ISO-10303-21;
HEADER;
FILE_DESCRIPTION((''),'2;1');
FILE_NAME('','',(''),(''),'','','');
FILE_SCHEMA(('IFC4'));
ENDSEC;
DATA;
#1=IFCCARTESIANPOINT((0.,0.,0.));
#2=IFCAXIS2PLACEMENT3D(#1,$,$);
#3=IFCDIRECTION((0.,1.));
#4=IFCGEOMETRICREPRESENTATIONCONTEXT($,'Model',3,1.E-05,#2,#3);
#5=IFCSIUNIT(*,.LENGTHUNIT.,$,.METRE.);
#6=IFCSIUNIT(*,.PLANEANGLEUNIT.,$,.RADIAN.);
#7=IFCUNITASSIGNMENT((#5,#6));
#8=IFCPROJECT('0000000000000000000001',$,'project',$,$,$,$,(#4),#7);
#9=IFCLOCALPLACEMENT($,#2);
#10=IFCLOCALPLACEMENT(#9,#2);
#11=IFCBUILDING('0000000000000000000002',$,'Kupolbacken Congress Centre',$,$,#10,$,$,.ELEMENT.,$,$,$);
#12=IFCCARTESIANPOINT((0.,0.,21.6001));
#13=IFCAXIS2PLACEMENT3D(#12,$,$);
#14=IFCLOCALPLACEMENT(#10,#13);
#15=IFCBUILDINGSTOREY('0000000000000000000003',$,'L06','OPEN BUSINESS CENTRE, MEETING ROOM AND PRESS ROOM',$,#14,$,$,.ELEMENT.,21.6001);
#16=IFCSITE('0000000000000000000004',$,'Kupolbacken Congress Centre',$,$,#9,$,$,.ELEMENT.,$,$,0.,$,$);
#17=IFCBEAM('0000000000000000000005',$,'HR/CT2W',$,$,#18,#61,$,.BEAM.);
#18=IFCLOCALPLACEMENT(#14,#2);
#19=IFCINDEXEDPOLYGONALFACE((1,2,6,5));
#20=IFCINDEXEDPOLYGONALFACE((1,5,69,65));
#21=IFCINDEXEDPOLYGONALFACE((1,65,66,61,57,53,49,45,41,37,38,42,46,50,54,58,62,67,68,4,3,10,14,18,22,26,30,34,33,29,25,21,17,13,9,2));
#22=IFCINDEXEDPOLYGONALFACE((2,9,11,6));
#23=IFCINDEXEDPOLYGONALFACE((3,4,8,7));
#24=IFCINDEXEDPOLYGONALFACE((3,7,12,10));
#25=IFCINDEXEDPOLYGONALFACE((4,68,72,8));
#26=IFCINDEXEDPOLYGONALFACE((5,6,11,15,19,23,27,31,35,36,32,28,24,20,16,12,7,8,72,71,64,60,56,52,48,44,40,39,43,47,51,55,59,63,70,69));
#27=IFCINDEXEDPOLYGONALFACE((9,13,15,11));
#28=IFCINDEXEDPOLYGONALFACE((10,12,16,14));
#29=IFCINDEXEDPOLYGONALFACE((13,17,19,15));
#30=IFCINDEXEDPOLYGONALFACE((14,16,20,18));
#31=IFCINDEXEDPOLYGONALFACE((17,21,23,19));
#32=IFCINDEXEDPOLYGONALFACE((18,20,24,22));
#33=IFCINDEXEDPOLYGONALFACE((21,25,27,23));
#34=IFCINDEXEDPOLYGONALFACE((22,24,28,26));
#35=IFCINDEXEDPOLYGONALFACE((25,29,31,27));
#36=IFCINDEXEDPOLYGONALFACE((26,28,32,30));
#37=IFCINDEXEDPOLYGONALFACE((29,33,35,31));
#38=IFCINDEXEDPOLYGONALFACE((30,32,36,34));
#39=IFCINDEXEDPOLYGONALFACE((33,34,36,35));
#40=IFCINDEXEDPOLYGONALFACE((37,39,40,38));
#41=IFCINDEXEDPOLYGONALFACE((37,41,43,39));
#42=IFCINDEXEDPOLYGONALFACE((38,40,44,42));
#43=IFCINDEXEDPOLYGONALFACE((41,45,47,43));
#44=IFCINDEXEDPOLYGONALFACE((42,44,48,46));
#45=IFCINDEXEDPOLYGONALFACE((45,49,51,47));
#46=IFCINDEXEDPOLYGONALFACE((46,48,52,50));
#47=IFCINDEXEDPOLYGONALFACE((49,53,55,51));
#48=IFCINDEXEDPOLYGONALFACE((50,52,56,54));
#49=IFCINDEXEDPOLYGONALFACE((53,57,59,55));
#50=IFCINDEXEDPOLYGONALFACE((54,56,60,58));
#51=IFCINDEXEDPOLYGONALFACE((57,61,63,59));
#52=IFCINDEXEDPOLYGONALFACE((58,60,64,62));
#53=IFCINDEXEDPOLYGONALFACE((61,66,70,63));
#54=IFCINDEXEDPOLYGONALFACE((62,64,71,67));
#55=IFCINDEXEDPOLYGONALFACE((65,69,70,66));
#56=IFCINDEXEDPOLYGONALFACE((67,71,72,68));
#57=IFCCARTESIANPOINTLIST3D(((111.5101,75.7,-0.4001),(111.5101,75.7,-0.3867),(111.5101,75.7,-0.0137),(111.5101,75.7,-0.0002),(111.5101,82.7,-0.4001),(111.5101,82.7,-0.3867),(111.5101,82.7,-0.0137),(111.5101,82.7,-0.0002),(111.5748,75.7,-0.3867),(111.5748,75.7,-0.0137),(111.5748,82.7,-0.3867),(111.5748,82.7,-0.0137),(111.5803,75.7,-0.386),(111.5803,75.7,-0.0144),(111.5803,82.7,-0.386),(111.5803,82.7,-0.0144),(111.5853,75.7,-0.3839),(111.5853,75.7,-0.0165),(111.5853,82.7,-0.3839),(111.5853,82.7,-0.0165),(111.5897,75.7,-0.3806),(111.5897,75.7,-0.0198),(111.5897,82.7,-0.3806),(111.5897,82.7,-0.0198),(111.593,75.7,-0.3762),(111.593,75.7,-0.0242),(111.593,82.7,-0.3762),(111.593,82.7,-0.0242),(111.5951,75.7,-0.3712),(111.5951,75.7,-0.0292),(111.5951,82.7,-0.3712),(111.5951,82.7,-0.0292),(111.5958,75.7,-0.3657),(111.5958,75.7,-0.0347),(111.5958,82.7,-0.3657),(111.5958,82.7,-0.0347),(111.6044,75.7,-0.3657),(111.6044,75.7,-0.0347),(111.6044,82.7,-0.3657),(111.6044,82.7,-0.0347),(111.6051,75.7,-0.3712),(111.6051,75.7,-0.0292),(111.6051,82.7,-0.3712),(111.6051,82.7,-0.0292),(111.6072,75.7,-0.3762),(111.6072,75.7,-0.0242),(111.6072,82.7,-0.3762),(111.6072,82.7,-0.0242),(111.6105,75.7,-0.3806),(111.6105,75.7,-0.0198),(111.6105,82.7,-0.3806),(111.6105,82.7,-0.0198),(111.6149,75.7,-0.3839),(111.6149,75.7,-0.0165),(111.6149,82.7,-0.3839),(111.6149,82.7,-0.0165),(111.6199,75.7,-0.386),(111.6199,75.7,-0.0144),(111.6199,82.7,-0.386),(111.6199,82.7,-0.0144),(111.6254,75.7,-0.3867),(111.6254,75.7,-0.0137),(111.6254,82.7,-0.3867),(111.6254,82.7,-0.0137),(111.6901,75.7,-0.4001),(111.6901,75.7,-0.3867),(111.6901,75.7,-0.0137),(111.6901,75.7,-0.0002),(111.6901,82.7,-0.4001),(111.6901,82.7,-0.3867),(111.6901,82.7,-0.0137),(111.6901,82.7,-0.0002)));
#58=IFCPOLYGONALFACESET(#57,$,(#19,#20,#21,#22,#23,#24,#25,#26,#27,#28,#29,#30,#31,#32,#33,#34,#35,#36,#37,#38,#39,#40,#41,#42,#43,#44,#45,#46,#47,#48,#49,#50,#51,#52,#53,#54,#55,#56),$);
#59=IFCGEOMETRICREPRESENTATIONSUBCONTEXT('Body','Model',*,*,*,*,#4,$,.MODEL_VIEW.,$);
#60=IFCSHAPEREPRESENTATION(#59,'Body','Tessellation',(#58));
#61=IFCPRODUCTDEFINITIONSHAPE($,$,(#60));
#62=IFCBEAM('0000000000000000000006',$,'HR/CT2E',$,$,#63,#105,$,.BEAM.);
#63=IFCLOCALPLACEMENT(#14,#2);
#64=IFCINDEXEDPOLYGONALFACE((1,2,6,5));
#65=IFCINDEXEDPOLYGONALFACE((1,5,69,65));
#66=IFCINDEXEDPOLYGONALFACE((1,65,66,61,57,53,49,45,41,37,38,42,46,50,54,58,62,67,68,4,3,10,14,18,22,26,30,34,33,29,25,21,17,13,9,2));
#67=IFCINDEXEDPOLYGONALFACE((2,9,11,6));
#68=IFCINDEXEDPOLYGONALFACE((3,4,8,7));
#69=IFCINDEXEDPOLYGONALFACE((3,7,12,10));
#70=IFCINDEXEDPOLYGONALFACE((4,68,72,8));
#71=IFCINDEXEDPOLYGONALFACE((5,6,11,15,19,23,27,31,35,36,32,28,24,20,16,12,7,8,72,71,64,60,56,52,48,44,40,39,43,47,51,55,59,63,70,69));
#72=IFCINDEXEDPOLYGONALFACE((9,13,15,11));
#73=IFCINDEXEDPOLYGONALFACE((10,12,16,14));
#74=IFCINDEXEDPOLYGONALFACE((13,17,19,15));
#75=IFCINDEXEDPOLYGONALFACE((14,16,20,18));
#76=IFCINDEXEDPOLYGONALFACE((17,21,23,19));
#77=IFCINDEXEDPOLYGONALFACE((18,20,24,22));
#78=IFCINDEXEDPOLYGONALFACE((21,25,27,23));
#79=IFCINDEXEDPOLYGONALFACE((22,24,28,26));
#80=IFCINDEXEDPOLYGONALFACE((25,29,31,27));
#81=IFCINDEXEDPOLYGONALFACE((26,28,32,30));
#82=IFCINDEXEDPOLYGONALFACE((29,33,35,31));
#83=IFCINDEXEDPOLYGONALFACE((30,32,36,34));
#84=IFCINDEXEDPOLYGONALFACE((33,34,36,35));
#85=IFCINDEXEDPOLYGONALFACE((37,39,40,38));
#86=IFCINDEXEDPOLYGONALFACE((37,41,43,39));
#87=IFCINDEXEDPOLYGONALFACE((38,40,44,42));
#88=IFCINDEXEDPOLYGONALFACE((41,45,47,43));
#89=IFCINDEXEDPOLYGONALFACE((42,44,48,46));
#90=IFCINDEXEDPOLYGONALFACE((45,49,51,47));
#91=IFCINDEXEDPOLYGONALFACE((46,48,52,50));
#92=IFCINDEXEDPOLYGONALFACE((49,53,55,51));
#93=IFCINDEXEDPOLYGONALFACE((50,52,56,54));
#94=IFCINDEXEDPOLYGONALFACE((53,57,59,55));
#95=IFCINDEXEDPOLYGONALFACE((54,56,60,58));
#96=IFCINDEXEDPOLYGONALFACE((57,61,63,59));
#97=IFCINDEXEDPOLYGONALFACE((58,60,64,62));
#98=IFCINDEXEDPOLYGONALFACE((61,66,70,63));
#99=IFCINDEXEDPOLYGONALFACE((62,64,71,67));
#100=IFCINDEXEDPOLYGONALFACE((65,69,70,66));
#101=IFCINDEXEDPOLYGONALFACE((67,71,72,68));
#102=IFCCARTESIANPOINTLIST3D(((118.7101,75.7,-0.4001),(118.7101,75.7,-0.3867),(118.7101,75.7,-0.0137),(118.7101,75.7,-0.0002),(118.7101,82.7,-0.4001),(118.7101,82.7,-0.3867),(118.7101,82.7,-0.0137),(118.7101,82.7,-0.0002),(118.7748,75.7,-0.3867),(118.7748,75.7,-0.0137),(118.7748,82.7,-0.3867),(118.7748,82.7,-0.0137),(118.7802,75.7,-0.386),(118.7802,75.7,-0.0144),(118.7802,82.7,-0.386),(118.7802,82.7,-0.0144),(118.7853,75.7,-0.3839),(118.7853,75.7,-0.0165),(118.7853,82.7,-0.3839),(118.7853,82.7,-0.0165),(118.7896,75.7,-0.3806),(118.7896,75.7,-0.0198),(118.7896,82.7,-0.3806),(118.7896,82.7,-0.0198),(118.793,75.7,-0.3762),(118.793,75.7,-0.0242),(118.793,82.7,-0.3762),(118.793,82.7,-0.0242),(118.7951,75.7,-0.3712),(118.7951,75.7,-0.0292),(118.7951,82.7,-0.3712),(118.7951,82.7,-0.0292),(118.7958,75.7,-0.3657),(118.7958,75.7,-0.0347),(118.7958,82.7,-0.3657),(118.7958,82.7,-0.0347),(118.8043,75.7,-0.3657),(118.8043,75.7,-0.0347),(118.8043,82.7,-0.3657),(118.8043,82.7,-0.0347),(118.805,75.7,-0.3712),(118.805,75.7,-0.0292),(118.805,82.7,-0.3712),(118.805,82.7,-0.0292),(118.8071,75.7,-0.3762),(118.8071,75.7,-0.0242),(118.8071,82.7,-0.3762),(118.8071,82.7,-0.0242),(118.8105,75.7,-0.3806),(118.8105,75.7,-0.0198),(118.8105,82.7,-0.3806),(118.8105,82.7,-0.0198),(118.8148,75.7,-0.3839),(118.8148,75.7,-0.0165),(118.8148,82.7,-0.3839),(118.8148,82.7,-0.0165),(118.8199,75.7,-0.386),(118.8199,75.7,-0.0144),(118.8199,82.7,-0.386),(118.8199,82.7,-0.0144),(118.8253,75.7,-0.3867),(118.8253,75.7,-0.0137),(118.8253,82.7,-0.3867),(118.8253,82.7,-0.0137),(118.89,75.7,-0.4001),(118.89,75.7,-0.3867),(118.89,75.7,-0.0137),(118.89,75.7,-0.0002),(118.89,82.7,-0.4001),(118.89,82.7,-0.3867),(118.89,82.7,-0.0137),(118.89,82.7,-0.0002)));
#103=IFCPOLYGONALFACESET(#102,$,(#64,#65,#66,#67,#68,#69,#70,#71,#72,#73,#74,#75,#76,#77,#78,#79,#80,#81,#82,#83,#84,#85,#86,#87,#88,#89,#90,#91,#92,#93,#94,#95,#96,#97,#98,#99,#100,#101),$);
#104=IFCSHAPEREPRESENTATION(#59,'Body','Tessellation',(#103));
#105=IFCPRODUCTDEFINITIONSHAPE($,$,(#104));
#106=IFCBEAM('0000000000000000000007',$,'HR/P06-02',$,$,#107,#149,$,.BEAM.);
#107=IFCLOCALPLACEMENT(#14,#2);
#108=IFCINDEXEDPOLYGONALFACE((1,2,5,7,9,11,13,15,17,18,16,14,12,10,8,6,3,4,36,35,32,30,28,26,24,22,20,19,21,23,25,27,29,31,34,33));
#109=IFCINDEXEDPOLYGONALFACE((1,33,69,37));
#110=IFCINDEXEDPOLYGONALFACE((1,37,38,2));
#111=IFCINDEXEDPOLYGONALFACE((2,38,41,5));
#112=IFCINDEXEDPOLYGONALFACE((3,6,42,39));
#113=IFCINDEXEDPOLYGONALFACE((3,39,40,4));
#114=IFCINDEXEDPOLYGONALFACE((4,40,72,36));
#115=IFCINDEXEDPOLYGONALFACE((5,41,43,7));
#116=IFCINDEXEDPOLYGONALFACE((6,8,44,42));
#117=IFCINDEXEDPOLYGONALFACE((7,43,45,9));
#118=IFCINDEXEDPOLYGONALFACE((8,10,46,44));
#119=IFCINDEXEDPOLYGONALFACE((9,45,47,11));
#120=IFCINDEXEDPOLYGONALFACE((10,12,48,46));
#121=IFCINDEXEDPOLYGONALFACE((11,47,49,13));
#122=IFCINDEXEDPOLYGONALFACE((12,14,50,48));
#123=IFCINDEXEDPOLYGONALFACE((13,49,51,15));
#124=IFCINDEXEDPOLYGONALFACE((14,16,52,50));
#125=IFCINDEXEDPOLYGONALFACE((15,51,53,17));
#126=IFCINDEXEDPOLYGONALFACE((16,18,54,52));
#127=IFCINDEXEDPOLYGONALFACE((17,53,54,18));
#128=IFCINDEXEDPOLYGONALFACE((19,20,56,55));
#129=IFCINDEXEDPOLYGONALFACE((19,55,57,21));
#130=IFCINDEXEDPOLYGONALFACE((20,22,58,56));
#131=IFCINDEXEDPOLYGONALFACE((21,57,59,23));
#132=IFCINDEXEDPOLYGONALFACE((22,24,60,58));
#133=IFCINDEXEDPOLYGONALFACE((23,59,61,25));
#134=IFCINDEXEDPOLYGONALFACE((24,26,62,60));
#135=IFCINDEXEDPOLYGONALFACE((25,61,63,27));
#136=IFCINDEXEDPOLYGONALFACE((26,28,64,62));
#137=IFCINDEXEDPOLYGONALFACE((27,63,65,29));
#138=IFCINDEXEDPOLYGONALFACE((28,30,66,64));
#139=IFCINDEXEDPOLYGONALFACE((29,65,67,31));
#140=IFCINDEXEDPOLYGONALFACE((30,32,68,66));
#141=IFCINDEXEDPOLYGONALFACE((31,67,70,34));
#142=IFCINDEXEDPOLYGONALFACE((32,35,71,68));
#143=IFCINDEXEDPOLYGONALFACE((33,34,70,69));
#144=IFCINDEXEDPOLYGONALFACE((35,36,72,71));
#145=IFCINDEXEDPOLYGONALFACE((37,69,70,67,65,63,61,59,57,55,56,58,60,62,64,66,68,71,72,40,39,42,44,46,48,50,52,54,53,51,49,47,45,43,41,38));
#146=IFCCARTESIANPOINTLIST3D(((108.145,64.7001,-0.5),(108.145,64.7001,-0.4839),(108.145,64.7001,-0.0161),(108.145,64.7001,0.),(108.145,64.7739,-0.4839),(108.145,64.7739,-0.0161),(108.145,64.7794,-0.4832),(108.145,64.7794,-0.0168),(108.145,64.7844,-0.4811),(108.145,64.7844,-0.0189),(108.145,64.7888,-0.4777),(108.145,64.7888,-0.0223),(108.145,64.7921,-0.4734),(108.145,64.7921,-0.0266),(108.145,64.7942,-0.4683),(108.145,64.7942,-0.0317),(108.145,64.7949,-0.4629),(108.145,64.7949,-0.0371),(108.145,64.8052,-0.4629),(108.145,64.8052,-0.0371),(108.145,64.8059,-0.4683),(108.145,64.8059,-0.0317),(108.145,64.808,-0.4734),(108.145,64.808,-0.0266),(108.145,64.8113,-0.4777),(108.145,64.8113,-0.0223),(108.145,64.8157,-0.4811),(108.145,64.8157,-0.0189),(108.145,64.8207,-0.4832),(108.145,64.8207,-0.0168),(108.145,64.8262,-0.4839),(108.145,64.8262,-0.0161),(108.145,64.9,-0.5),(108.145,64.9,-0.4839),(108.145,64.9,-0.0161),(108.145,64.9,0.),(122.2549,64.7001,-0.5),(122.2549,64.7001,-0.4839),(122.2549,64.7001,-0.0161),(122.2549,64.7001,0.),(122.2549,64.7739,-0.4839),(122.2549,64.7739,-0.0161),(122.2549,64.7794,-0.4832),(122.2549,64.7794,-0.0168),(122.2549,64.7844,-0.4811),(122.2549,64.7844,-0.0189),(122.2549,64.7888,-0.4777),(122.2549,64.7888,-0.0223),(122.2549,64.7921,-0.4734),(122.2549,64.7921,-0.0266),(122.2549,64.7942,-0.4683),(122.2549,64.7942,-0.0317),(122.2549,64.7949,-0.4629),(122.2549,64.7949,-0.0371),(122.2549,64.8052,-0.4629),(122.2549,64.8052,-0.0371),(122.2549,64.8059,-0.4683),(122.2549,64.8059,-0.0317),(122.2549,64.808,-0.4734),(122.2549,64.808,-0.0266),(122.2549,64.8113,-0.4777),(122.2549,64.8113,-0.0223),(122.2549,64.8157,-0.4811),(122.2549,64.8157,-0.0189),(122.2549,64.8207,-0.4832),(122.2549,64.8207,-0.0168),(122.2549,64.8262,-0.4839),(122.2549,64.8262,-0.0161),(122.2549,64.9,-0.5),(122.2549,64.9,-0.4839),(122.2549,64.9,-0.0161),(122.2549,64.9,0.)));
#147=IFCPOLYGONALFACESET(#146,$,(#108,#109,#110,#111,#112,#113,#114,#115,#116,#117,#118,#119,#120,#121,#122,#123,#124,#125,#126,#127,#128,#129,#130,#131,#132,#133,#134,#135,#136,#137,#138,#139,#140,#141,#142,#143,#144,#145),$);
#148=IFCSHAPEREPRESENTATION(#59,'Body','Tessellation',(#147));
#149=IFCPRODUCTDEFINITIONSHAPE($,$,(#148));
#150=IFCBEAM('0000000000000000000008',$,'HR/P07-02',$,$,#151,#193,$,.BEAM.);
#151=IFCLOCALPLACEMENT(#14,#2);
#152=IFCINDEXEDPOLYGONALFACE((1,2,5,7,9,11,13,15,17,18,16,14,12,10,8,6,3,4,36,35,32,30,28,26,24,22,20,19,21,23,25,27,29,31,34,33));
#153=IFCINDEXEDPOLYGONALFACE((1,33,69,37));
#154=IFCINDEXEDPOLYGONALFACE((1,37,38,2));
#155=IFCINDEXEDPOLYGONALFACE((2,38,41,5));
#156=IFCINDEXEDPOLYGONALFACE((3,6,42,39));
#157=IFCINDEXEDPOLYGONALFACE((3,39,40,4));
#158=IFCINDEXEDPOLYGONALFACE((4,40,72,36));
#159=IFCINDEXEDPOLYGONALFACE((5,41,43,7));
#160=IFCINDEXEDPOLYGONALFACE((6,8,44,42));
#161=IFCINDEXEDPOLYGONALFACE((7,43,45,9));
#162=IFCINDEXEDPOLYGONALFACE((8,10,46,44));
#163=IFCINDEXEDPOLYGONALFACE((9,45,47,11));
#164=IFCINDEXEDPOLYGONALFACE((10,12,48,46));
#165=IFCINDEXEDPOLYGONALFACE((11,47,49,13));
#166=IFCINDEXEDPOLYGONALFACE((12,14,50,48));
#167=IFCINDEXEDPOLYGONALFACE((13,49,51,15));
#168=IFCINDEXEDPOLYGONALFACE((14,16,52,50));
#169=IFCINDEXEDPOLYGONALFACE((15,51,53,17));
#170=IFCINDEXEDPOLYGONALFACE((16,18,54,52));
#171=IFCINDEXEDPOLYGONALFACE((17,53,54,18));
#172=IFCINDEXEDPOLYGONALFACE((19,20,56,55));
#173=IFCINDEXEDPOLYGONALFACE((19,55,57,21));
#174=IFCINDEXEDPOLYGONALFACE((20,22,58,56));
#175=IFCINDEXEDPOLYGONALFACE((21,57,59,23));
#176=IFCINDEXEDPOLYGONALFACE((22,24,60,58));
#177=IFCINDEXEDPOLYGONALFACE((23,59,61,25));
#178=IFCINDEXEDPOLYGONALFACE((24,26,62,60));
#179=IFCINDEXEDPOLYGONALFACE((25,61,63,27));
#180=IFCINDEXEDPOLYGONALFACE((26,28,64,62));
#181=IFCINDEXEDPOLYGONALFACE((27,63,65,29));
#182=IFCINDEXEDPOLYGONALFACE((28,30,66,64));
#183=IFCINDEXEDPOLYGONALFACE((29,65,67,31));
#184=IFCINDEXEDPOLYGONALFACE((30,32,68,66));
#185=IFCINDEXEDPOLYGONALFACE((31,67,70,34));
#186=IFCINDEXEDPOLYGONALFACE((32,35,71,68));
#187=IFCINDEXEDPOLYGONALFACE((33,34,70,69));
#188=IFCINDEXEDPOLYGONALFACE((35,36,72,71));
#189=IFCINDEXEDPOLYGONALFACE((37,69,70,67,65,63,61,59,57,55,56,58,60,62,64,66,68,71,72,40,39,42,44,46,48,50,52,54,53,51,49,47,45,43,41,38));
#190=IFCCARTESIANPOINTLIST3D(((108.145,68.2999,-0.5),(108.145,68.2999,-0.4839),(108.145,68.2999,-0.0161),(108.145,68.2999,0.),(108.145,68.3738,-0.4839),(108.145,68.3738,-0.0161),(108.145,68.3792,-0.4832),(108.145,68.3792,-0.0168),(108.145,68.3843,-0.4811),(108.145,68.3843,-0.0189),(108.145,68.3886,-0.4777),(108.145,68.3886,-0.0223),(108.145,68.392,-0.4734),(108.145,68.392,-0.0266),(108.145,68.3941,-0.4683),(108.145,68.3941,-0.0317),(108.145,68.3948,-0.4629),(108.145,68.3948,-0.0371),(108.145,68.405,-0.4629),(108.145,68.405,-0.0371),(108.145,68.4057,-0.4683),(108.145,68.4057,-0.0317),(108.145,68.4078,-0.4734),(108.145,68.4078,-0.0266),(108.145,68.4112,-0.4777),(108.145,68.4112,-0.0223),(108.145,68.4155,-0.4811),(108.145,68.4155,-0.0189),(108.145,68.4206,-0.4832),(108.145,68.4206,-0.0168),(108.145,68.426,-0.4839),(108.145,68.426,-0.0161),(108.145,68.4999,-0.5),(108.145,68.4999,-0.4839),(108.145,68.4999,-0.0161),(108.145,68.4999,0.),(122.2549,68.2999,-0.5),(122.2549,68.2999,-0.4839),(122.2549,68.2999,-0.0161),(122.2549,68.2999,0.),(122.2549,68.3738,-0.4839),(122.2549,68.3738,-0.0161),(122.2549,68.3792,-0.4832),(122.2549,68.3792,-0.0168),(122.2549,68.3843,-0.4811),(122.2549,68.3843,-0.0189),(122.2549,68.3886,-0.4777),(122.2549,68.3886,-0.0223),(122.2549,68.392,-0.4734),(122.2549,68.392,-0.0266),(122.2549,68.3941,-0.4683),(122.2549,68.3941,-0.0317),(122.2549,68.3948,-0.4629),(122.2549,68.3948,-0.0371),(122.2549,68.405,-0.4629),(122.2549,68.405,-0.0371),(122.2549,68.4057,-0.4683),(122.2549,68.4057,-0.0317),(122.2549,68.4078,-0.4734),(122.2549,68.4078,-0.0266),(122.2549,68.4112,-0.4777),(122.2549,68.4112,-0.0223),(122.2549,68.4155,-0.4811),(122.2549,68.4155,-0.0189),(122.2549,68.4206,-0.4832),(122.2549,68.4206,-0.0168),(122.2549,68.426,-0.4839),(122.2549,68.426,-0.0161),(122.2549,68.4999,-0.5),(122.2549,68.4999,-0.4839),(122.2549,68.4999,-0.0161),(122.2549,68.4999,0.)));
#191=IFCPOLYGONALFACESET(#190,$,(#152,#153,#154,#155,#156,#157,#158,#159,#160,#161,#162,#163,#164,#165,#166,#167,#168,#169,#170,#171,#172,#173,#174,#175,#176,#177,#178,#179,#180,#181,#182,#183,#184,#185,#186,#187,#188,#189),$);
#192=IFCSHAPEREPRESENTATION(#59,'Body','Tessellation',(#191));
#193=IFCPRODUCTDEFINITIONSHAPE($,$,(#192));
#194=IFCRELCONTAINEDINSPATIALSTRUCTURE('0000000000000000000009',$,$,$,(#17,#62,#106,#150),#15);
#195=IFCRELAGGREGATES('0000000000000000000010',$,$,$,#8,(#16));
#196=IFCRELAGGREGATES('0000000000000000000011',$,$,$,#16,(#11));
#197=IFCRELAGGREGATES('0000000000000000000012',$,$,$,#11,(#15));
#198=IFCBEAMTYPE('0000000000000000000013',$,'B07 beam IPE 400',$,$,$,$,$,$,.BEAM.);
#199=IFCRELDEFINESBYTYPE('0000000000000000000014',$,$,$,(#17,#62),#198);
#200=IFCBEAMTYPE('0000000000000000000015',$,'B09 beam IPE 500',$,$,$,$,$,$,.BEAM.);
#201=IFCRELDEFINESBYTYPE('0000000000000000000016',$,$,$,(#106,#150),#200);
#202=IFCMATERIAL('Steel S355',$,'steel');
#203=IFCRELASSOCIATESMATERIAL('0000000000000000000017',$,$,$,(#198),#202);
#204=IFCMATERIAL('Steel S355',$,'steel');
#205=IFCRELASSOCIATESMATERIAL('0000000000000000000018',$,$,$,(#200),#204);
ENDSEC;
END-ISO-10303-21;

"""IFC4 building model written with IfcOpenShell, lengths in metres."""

from ifc_helpers import new_model, si_unit, direction, frame, origin, origin_2d, place, context, subcontext, project, spatial, i_section, extrude, material, material_profile, profile_set, type_object, element, save


model = new_model("IFC4")

# Units and contexts
model_context = context("Model", 3, precision=1e-05, world=origin(), true_north=direction((0.0, 1.0)))
body_context = subcontext(model_context, "Body", "Model", "MODEL_VIEW")
ifc_project = project(units=[si_unit("LENGTHUNIT", "METRE"), si_unit("PLANEANGLEUNIT", "RADIAN")], contexts=[model_context])

# Site, building, storey
site_placement = place(None, origin())
site = spatial("IfcSite", under=ifc_project, at=site_placement, Name="Kupolbacken Congress Centre", CompositionType="ELEMENT", RefElevation=0.0)
building_placement = place(site_placement, origin())
building = spatial("IfcBuilding", under=site, at=building_placement, Name="Kupolbacken Congress Centre", CompositionType="ELEMENT")
storey_placement = place(building_placement, frame((0.0, 0.0, 21.6001)))
storey = spatial("IfcBuildingStorey", under=building, at=storey_placement, Name="L06", Description="OPEN BUSINESS CENTRE, MEETING ROOM AND PRESS ROOM", CompositionType="ELEMENT", Elevation=21.6001)

# Beams
ifc_material_1 = material(Name="Steel S355", Category="steel")
ifc_material_profile_1 = material_profile(ifc_material_1, i_section(OverallWidth=0.1799, OverallDepth=0.3999, WebThickness=0.0085, FlangeThickness=0.0134, FilletRadius=0.021, at=origin_2d()), Name="IPE 400")
ifc_profile_set_1 = profile_set([ifc_material_profile_1], Name="Steel S355")
beam_type_1 = type_object("IfcBeamType", Name="B07 beam IPE 400", PredefinedType="BEAM", material=ifc_profile_set_1)
for number, where, z_axis, x_axis, name in (
    (1, (111.6001, 75.7, -0.2002), (0.0, 1.0, 0.0), (-1.0, 0.0, 0.0), "HR/CT2W"),
    (2, (118.8, 75.7, -0.2002), (0.0, 1.0, 0.0), (-1.0, 0.0, 0.0), "HR/CT2E"),
):
    element("IfcBeam", number, at=place(storey_placement, frame(where, z_axis=z_axis, x_axis=x_axis)), inside=storey, type_object=beam_type_1, Name=name, PredefinedType="BEAM", context=body_context, shape_type="SweptSolid", body=[
        extrude(i_section(OverallWidth=0.1799, OverallDepth=0.3999, WebThickness=0.0085, FlangeThickness=0.0134, FilletRadius=0.021, at=origin_2d()), origin(), (0.0, 0.0, 1.0), 7.0),
    ])
ifc_material_2 = material(Name="Steel S355", Category="steel")
ifc_material_profile_2 = material_profile(ifc_material_2, i_section(OverallWidth=0.2, OverallDepth=0.5, WebThickness=0.0103, FlangeThickness=0.0161, FilletRadius=0.021, at=origin_2d()), Name="IPE 500")
ifc_profile_set_2 = profile_set([ifc_material_profile_2], Name="Steel S355")
beam_type_2 = type_object("IfcBeamType", Name="B09 beam IPE 500", PredefinedType="BEAM", material=ifc_profile_set_2)
for number, where, z_axis, x_axis, name in (
    (3, (108.145, 64.8, -0.25), (1.0, 0.0, 0.0), (0.0, 1.0, 0.0), "HR/P06-02"),
    (4, (108.145, 68.3999, -0.25), (1.0, 0.0, 0.0), (0.0, 1.0, 0.0), "HR/P07-02"),
):
    element("IfcBeam", number, at=place(storey_placement, frame(where, z_axis=z_axis, x_axis=x_axis)), inside=storey, type_object=beam_type_2, Name=name, PredefinedType="BEAM", context=body_context, shape_type="SweptSolid", body=[
        extrude(i_section(OverallWidth=0.2, OverallDepth=0.5, WebThickness=0.0103, FlangeThickness=0.0161, FilletRadius=0.021, at=origin_2d()), origin(), (0.0, 0.0, 1.0), 14.1099),
    ])

save(model, "model.ifc")
